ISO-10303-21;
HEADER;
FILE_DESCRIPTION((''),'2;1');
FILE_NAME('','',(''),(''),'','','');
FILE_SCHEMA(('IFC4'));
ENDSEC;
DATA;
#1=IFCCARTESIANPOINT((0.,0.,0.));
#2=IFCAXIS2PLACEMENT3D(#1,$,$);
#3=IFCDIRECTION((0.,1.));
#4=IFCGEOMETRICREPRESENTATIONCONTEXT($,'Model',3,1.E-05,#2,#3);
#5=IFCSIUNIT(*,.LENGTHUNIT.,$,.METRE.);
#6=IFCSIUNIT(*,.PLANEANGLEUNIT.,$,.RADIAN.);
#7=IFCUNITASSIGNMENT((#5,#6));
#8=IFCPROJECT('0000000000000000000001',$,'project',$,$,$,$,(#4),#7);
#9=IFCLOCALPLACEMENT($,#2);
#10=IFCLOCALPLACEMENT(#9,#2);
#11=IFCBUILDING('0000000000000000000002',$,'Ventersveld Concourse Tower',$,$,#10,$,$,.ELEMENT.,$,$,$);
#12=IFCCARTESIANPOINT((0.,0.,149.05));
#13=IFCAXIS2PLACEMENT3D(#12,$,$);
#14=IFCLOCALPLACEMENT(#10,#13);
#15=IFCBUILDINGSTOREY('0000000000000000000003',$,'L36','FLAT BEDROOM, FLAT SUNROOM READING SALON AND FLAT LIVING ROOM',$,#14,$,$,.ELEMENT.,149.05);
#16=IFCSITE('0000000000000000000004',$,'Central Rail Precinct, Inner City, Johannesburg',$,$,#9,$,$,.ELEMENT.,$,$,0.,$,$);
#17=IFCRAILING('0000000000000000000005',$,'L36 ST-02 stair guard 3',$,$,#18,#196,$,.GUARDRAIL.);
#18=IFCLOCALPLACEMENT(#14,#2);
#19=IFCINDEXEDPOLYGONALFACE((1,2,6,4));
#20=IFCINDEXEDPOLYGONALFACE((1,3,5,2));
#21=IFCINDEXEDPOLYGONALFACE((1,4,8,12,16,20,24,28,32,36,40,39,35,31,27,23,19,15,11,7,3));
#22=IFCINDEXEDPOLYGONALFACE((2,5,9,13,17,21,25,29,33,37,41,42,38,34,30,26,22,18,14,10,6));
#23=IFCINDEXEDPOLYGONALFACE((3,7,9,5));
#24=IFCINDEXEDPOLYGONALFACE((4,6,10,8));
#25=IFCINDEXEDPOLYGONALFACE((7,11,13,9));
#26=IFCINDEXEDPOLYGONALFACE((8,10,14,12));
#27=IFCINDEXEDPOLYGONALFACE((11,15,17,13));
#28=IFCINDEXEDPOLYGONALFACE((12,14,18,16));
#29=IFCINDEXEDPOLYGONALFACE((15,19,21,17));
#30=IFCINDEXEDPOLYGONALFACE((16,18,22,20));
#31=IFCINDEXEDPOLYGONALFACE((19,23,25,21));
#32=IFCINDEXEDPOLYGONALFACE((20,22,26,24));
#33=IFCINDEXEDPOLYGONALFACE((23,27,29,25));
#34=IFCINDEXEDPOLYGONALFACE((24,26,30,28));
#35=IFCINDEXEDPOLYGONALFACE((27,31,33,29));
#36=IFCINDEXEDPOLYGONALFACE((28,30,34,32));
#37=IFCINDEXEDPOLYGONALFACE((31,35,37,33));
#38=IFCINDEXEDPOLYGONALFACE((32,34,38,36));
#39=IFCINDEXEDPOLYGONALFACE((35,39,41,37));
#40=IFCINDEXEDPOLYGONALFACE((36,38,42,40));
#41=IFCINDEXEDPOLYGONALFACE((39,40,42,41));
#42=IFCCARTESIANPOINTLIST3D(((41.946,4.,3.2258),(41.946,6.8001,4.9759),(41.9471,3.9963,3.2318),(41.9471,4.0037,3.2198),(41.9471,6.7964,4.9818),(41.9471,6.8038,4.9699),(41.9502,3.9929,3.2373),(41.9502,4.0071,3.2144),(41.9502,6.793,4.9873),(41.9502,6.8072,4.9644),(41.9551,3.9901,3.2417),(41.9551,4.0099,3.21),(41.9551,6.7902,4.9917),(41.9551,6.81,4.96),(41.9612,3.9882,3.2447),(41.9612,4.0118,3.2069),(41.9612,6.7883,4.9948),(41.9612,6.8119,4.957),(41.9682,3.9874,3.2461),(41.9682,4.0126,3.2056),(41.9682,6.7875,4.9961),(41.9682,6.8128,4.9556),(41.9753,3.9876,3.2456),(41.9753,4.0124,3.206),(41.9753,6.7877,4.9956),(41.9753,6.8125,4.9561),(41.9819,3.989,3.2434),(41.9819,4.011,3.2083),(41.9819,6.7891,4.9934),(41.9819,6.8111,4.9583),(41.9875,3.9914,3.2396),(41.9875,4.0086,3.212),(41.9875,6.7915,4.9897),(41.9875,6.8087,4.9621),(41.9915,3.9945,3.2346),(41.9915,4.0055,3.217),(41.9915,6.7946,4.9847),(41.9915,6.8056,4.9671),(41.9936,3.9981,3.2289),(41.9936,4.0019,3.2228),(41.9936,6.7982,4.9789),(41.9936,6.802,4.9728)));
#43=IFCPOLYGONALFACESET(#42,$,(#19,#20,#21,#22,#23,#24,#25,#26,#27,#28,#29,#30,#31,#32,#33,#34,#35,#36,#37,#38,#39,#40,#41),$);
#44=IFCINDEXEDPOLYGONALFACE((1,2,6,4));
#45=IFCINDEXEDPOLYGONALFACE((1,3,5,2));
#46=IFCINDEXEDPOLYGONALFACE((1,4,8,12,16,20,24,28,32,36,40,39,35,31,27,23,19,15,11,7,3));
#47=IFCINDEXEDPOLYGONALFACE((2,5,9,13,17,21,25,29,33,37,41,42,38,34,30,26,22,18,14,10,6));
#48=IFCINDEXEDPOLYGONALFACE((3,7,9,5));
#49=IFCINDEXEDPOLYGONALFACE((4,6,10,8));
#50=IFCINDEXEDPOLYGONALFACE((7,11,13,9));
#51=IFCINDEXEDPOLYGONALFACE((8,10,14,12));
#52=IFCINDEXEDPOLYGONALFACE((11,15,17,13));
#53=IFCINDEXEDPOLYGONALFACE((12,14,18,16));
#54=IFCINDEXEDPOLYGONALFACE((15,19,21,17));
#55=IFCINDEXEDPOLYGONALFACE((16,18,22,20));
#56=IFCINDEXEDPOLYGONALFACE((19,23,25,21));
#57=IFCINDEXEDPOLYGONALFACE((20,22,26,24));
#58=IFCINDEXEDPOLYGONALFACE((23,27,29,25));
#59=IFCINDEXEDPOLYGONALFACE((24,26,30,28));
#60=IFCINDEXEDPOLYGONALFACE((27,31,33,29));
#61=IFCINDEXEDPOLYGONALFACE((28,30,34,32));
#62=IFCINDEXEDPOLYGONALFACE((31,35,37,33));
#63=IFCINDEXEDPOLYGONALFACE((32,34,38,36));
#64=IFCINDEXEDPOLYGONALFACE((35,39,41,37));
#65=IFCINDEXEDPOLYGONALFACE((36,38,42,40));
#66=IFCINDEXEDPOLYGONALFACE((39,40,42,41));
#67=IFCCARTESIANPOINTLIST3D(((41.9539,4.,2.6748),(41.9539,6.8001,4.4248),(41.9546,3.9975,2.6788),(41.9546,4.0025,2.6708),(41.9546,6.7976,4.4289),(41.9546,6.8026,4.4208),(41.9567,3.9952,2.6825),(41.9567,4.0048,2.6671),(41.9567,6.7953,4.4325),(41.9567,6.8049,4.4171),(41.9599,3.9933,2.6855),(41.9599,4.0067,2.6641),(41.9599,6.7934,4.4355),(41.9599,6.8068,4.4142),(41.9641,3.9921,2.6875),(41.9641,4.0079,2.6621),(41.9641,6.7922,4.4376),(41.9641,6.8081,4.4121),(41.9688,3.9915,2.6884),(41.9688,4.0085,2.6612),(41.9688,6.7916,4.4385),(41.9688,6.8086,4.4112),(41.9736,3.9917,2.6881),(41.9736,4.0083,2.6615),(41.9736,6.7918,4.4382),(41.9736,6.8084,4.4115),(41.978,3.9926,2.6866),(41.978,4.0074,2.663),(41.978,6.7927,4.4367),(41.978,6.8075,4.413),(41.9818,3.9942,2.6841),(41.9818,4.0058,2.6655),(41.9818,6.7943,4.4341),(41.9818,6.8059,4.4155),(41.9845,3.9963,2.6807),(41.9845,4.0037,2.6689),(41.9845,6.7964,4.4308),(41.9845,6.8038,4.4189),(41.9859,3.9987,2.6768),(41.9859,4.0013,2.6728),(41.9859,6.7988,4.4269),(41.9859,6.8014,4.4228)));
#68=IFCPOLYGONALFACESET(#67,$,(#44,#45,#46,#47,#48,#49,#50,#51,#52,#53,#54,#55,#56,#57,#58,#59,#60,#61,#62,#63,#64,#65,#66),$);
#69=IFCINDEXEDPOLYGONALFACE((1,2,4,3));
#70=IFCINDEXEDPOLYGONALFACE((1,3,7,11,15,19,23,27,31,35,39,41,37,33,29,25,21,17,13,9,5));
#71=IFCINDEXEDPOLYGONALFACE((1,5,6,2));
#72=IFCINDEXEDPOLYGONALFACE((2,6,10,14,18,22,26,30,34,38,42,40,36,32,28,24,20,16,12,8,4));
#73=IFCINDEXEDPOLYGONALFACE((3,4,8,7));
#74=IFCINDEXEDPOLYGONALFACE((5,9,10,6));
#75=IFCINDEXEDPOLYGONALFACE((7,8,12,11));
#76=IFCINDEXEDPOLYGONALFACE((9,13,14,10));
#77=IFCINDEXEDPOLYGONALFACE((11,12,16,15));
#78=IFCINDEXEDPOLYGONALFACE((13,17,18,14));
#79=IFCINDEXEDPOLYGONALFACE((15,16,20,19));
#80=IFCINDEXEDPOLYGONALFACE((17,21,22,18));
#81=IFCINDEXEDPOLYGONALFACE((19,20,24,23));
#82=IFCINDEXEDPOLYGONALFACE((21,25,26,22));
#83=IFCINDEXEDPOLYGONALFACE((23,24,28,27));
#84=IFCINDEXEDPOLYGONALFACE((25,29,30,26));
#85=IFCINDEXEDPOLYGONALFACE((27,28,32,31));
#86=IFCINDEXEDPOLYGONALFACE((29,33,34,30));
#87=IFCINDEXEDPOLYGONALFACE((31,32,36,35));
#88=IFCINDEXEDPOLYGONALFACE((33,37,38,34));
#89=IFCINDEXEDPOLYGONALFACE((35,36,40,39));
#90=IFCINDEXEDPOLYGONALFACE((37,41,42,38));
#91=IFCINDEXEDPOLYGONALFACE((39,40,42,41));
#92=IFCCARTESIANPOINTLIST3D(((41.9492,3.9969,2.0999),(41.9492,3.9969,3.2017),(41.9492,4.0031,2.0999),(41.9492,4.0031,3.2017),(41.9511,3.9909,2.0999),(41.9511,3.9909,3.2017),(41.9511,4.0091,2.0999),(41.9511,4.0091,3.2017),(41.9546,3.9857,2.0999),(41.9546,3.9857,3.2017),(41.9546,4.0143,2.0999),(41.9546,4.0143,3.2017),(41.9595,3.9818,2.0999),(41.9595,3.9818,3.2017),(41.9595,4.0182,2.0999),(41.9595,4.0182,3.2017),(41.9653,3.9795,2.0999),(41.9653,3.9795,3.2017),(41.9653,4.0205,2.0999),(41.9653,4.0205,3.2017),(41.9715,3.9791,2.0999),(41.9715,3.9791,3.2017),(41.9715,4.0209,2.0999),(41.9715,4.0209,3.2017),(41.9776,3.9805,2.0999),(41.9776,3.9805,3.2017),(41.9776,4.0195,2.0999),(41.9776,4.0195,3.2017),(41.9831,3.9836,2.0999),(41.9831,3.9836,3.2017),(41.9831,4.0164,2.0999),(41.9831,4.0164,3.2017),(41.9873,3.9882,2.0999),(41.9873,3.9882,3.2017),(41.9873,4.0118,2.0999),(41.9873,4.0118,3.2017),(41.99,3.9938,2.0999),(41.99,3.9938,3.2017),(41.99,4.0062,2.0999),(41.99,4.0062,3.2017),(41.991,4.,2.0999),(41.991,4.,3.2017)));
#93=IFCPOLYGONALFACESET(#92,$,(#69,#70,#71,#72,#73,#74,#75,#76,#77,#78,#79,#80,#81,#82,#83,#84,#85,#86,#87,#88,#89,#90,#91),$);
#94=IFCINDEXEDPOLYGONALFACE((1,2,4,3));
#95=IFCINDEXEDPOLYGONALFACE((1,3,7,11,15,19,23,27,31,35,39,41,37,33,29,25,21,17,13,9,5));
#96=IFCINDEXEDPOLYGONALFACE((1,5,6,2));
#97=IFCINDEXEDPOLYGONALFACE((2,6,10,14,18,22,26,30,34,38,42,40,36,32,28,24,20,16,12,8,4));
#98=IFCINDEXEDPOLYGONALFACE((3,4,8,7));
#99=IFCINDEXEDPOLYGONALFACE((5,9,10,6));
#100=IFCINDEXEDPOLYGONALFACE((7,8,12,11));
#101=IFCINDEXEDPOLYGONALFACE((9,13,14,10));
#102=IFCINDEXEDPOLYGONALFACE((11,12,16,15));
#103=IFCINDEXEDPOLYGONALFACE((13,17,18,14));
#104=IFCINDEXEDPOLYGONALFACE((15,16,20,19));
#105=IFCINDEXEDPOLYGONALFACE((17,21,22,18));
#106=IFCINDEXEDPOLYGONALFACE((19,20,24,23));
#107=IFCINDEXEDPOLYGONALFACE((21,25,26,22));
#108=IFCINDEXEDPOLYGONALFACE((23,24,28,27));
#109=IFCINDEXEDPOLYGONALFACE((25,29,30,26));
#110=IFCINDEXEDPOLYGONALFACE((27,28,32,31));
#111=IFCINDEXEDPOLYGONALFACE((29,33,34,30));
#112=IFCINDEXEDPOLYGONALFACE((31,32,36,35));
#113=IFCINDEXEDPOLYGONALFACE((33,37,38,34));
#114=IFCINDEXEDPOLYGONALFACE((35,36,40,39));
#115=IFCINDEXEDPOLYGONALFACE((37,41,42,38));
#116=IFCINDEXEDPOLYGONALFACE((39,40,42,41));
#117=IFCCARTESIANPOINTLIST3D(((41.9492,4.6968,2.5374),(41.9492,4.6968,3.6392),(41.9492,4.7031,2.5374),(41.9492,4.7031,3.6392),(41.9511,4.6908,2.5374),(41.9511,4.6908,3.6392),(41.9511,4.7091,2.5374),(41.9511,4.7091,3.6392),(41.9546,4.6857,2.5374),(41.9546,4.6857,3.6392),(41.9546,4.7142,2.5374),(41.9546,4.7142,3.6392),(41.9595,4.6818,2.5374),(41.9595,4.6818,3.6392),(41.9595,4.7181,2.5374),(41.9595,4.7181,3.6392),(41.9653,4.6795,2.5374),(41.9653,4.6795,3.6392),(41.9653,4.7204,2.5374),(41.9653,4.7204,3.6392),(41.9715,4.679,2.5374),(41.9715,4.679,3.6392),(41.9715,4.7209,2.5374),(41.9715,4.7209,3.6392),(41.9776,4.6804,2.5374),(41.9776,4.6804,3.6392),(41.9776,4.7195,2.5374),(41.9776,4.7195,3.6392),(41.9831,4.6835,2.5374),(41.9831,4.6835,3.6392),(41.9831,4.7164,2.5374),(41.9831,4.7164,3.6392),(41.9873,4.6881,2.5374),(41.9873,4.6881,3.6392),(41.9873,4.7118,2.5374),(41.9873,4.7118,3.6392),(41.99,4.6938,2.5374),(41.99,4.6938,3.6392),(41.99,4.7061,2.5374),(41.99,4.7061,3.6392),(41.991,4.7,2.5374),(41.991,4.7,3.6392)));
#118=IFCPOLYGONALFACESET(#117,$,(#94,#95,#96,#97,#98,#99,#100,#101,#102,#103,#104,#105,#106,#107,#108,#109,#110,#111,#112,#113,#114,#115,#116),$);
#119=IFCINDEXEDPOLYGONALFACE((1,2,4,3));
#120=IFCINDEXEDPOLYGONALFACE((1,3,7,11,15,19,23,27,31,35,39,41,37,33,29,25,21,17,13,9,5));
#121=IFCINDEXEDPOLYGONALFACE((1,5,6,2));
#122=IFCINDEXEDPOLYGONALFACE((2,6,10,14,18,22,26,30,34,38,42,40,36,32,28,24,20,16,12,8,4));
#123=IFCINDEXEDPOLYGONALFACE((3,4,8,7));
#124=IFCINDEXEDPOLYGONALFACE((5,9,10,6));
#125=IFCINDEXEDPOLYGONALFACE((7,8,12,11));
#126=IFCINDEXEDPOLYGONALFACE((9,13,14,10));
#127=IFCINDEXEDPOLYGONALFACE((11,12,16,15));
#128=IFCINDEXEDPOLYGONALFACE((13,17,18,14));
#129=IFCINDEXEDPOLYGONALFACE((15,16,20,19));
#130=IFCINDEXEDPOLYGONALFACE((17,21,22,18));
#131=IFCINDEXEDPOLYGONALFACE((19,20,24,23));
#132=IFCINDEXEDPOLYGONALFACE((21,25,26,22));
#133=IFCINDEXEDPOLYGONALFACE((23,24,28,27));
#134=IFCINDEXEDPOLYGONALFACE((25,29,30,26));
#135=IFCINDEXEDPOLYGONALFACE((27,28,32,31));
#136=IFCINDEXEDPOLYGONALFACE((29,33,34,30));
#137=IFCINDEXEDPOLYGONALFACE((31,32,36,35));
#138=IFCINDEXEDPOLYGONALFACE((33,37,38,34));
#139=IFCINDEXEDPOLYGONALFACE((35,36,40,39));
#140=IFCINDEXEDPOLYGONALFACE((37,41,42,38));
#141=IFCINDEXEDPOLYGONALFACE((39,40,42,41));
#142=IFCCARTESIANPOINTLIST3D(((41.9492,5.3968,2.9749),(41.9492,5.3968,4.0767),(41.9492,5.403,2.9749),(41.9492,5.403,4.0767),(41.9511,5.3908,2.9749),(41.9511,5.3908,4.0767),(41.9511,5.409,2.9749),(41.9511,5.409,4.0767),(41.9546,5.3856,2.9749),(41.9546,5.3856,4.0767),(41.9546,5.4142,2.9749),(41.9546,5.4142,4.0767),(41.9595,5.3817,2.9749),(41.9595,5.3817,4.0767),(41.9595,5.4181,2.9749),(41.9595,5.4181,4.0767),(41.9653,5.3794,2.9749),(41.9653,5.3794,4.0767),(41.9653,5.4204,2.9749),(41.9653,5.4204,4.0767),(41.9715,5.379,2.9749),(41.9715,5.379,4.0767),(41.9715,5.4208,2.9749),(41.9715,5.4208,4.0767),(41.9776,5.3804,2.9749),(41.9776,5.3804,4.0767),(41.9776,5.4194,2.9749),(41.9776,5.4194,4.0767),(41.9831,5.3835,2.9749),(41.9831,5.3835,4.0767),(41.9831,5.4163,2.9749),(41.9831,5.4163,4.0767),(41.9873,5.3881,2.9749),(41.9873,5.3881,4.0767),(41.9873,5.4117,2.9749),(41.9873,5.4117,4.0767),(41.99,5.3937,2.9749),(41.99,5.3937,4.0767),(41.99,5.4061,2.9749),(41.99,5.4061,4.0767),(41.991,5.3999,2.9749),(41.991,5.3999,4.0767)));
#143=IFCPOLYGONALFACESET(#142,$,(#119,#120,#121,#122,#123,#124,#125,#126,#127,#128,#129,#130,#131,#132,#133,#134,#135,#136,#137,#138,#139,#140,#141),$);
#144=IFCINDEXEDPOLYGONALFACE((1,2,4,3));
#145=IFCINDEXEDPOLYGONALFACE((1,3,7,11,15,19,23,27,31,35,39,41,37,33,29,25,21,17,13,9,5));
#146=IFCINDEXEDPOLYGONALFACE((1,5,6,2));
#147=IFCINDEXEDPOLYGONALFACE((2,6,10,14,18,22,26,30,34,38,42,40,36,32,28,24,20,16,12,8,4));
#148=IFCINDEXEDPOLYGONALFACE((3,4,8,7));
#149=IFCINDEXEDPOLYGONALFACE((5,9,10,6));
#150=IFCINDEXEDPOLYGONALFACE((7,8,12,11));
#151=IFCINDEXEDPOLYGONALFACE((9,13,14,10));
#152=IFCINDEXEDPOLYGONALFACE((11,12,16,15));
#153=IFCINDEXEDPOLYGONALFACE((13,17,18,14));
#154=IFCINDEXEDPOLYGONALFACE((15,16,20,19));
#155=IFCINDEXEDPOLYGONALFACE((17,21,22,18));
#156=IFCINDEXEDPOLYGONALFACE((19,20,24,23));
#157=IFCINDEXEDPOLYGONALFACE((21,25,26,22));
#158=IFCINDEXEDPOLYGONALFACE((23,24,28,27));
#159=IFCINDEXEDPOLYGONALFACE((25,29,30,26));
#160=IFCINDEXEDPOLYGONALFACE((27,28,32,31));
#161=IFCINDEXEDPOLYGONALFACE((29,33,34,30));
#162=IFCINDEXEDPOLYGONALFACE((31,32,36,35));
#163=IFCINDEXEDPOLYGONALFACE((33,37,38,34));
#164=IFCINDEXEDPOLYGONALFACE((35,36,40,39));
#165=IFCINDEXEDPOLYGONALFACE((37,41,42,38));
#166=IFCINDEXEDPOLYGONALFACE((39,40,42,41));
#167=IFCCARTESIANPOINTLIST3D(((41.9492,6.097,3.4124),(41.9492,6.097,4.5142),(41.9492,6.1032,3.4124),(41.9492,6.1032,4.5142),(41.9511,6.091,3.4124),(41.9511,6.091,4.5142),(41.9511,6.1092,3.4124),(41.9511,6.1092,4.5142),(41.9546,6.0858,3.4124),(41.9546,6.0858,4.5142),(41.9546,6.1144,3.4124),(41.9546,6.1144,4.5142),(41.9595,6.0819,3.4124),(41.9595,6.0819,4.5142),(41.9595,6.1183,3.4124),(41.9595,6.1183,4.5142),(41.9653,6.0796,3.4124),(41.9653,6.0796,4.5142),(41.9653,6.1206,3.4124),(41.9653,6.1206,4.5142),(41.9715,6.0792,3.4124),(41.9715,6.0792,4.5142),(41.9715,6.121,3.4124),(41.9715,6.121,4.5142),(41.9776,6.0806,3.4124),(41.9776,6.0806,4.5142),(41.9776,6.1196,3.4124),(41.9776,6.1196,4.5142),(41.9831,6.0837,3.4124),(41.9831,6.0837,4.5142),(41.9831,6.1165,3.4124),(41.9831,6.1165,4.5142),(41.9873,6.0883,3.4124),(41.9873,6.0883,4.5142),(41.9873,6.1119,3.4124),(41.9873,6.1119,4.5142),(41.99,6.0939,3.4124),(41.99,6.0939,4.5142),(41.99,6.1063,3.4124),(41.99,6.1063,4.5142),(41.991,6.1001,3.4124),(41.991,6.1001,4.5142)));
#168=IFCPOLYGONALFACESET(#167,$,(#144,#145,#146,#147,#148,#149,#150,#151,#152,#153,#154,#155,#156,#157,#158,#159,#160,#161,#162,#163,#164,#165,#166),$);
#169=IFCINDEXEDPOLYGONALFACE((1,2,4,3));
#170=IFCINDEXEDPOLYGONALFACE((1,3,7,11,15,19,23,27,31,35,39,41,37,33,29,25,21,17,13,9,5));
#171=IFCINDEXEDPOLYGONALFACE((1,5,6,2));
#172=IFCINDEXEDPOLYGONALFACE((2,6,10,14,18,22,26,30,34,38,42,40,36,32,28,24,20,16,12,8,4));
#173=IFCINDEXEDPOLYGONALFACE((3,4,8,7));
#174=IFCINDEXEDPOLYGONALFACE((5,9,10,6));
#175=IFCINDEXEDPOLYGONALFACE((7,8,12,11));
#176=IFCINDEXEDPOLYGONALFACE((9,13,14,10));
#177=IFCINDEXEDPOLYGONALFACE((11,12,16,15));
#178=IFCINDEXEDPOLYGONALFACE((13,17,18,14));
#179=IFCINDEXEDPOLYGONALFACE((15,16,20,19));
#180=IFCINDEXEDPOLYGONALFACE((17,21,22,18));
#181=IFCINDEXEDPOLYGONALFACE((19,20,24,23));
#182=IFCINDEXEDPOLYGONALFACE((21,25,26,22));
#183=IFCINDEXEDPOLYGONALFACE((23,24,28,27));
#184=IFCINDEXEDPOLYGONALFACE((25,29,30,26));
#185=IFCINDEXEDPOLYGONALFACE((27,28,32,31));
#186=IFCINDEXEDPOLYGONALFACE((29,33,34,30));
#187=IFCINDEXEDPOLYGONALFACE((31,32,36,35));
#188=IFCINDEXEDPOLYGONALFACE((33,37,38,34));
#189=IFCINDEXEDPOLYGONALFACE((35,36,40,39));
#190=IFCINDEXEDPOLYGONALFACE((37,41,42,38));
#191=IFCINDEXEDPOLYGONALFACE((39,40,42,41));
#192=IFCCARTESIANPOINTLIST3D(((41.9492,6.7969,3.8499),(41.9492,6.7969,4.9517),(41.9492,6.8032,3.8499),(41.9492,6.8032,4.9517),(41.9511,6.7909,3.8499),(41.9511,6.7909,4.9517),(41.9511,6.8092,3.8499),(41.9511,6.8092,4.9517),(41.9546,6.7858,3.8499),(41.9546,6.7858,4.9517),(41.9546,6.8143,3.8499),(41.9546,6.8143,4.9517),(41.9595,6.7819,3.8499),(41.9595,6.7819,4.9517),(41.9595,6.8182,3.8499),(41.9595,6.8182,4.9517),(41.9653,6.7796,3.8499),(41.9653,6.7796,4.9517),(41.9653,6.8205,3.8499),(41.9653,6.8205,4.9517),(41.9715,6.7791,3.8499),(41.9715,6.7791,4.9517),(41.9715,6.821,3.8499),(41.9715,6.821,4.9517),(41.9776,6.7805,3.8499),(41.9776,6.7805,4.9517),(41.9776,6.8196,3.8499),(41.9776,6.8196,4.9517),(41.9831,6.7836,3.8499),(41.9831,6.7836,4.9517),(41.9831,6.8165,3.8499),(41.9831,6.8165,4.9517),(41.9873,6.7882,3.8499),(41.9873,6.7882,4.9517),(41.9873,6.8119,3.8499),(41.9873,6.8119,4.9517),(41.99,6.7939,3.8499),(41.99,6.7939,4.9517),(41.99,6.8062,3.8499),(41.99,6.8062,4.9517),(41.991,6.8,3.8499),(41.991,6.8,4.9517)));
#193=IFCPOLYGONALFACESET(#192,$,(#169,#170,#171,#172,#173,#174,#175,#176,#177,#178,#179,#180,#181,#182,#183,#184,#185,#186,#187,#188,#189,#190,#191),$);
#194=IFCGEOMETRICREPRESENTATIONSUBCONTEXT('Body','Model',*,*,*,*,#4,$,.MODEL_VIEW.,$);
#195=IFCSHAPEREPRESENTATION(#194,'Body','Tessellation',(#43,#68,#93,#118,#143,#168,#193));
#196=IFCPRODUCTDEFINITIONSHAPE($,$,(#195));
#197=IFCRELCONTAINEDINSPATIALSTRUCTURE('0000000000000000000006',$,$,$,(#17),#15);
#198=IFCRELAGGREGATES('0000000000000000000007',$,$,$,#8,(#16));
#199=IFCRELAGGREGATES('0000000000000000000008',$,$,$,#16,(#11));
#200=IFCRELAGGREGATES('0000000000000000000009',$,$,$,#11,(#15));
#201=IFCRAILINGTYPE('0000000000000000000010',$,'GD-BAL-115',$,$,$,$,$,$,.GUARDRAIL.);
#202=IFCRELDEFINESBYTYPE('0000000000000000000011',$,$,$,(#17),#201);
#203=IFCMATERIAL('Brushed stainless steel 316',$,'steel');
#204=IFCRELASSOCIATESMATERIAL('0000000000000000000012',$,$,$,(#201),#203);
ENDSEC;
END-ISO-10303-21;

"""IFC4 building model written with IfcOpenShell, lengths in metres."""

from ifc_helpers import new_model, si_unit, direction, frame, origin, origin_2d, place, context, subcontext, project, spatial, circle, extrude, material, type_object, element, save


model = new_model("IFC4")

# Units and contexts
model_context = context("Model", 3, precision=1e-05, world=origin(), true_north=direction((0.0, 1.0)))
body_context = subcontext(model_context, "Body", "Model", "MODEL_VIEW")
ifc_project = project(units=[si_unit("LENGTHUNIT", "METRE"), si_unit("PLANEANGLEUNIT", "RADIAN")], contexts=[model_context])

# Site, building, storey
site_placement = place(None, origin())
site = spatial("IfcSite", under=ifc_project, at=site_placement, Name="Central Rail Precinct, Inner City, Johannesburg", CompositionType="ELEMENT", RefElevation=0.0)
building_placement = place(site_placement, origin())
building = spatial("IfcBuilding", under=site, at=building_placement, Name="Ventersveld Concourse Tower", CompositionType="ELEMENT")
storey_placement = place(building_placement, frame((0.0, 0.0, 149.05)))
storey = spatial("IfcBuildingStorey", under=building, at=storey_placement, Name="L36", Description="FLAT BEDROOM, FLAT SUNROOM READING SALON AND FLAT LIVING ROOM", CompositionType="ELEMENT", Elevation=149.05)

# Shared definitions
ifc_material_1 = material(Name="Brushed stainless steel 316", Category="steel")

# Railing
railing_type_1 = type_object("IfcRailingType", Name="GD-BAL-115", PredefinedType="GUARDRAIL", material=ifc_material_1)
railing_1_placement = place(storey_placement, frame((41.97, 4.0, 2.0999)))
element("IfcRailing", 1, at=railing_1_placement, inside=storey, type_object=railing_type_1, Name="L36 ST-02 stair guard 3", PredefinedType="GUARDRAIL", context=body_context, shape_type="SweptSolid", body=[
    extrude(circle(Radius=0.0239, at=origin_2d()), frame((0.0, 0.0, 1.126), z_axis=(0.0, 0.848002, 0.529992), x_axis=(-1.0, 0.0, 0.0)), (0.0, 0.0, 1.0), 3.302),
    extrude(circle(Radius=0.0161, at=origin_2d()), frame((0.0, 0.0, 0.575), z_axis=(0.0, 0.848002, 0.529992), x_axis=(-1.0, 0.0, 0.0)), (0.0, 0.0, 1.0), 3.302),
    extrude(circle(Radius=0.021, at=origin_2d()), origin(), (0.0, 0.0, 1.0), 1.1018),
    extrude(circle(Radius=0.021, at=origin_2d()), frame((0.0, 0.7, 0.4375)), (0.0, 0.0, 1.0), 1.1018),
    extrude(circle(Radius=0.021, at=origin_2d()), frame((0.0, 1.3999, 0.875)), (0.0, 0.0, 1.0), 1.1018),
    extrude(circle(Radius=0.021, at=origin_2d()), frame((0.0, 2.1001, 1.3125)), (0.0, 0.0, 1.0), 1.1018),
    extrude(circle(Radius=0.021, at=origin_2d()), frame((0.0, 2.8, 1.75)), (0.0, 0.0, 1.0), 1.1018),
])

save(model, "model.ifc")
